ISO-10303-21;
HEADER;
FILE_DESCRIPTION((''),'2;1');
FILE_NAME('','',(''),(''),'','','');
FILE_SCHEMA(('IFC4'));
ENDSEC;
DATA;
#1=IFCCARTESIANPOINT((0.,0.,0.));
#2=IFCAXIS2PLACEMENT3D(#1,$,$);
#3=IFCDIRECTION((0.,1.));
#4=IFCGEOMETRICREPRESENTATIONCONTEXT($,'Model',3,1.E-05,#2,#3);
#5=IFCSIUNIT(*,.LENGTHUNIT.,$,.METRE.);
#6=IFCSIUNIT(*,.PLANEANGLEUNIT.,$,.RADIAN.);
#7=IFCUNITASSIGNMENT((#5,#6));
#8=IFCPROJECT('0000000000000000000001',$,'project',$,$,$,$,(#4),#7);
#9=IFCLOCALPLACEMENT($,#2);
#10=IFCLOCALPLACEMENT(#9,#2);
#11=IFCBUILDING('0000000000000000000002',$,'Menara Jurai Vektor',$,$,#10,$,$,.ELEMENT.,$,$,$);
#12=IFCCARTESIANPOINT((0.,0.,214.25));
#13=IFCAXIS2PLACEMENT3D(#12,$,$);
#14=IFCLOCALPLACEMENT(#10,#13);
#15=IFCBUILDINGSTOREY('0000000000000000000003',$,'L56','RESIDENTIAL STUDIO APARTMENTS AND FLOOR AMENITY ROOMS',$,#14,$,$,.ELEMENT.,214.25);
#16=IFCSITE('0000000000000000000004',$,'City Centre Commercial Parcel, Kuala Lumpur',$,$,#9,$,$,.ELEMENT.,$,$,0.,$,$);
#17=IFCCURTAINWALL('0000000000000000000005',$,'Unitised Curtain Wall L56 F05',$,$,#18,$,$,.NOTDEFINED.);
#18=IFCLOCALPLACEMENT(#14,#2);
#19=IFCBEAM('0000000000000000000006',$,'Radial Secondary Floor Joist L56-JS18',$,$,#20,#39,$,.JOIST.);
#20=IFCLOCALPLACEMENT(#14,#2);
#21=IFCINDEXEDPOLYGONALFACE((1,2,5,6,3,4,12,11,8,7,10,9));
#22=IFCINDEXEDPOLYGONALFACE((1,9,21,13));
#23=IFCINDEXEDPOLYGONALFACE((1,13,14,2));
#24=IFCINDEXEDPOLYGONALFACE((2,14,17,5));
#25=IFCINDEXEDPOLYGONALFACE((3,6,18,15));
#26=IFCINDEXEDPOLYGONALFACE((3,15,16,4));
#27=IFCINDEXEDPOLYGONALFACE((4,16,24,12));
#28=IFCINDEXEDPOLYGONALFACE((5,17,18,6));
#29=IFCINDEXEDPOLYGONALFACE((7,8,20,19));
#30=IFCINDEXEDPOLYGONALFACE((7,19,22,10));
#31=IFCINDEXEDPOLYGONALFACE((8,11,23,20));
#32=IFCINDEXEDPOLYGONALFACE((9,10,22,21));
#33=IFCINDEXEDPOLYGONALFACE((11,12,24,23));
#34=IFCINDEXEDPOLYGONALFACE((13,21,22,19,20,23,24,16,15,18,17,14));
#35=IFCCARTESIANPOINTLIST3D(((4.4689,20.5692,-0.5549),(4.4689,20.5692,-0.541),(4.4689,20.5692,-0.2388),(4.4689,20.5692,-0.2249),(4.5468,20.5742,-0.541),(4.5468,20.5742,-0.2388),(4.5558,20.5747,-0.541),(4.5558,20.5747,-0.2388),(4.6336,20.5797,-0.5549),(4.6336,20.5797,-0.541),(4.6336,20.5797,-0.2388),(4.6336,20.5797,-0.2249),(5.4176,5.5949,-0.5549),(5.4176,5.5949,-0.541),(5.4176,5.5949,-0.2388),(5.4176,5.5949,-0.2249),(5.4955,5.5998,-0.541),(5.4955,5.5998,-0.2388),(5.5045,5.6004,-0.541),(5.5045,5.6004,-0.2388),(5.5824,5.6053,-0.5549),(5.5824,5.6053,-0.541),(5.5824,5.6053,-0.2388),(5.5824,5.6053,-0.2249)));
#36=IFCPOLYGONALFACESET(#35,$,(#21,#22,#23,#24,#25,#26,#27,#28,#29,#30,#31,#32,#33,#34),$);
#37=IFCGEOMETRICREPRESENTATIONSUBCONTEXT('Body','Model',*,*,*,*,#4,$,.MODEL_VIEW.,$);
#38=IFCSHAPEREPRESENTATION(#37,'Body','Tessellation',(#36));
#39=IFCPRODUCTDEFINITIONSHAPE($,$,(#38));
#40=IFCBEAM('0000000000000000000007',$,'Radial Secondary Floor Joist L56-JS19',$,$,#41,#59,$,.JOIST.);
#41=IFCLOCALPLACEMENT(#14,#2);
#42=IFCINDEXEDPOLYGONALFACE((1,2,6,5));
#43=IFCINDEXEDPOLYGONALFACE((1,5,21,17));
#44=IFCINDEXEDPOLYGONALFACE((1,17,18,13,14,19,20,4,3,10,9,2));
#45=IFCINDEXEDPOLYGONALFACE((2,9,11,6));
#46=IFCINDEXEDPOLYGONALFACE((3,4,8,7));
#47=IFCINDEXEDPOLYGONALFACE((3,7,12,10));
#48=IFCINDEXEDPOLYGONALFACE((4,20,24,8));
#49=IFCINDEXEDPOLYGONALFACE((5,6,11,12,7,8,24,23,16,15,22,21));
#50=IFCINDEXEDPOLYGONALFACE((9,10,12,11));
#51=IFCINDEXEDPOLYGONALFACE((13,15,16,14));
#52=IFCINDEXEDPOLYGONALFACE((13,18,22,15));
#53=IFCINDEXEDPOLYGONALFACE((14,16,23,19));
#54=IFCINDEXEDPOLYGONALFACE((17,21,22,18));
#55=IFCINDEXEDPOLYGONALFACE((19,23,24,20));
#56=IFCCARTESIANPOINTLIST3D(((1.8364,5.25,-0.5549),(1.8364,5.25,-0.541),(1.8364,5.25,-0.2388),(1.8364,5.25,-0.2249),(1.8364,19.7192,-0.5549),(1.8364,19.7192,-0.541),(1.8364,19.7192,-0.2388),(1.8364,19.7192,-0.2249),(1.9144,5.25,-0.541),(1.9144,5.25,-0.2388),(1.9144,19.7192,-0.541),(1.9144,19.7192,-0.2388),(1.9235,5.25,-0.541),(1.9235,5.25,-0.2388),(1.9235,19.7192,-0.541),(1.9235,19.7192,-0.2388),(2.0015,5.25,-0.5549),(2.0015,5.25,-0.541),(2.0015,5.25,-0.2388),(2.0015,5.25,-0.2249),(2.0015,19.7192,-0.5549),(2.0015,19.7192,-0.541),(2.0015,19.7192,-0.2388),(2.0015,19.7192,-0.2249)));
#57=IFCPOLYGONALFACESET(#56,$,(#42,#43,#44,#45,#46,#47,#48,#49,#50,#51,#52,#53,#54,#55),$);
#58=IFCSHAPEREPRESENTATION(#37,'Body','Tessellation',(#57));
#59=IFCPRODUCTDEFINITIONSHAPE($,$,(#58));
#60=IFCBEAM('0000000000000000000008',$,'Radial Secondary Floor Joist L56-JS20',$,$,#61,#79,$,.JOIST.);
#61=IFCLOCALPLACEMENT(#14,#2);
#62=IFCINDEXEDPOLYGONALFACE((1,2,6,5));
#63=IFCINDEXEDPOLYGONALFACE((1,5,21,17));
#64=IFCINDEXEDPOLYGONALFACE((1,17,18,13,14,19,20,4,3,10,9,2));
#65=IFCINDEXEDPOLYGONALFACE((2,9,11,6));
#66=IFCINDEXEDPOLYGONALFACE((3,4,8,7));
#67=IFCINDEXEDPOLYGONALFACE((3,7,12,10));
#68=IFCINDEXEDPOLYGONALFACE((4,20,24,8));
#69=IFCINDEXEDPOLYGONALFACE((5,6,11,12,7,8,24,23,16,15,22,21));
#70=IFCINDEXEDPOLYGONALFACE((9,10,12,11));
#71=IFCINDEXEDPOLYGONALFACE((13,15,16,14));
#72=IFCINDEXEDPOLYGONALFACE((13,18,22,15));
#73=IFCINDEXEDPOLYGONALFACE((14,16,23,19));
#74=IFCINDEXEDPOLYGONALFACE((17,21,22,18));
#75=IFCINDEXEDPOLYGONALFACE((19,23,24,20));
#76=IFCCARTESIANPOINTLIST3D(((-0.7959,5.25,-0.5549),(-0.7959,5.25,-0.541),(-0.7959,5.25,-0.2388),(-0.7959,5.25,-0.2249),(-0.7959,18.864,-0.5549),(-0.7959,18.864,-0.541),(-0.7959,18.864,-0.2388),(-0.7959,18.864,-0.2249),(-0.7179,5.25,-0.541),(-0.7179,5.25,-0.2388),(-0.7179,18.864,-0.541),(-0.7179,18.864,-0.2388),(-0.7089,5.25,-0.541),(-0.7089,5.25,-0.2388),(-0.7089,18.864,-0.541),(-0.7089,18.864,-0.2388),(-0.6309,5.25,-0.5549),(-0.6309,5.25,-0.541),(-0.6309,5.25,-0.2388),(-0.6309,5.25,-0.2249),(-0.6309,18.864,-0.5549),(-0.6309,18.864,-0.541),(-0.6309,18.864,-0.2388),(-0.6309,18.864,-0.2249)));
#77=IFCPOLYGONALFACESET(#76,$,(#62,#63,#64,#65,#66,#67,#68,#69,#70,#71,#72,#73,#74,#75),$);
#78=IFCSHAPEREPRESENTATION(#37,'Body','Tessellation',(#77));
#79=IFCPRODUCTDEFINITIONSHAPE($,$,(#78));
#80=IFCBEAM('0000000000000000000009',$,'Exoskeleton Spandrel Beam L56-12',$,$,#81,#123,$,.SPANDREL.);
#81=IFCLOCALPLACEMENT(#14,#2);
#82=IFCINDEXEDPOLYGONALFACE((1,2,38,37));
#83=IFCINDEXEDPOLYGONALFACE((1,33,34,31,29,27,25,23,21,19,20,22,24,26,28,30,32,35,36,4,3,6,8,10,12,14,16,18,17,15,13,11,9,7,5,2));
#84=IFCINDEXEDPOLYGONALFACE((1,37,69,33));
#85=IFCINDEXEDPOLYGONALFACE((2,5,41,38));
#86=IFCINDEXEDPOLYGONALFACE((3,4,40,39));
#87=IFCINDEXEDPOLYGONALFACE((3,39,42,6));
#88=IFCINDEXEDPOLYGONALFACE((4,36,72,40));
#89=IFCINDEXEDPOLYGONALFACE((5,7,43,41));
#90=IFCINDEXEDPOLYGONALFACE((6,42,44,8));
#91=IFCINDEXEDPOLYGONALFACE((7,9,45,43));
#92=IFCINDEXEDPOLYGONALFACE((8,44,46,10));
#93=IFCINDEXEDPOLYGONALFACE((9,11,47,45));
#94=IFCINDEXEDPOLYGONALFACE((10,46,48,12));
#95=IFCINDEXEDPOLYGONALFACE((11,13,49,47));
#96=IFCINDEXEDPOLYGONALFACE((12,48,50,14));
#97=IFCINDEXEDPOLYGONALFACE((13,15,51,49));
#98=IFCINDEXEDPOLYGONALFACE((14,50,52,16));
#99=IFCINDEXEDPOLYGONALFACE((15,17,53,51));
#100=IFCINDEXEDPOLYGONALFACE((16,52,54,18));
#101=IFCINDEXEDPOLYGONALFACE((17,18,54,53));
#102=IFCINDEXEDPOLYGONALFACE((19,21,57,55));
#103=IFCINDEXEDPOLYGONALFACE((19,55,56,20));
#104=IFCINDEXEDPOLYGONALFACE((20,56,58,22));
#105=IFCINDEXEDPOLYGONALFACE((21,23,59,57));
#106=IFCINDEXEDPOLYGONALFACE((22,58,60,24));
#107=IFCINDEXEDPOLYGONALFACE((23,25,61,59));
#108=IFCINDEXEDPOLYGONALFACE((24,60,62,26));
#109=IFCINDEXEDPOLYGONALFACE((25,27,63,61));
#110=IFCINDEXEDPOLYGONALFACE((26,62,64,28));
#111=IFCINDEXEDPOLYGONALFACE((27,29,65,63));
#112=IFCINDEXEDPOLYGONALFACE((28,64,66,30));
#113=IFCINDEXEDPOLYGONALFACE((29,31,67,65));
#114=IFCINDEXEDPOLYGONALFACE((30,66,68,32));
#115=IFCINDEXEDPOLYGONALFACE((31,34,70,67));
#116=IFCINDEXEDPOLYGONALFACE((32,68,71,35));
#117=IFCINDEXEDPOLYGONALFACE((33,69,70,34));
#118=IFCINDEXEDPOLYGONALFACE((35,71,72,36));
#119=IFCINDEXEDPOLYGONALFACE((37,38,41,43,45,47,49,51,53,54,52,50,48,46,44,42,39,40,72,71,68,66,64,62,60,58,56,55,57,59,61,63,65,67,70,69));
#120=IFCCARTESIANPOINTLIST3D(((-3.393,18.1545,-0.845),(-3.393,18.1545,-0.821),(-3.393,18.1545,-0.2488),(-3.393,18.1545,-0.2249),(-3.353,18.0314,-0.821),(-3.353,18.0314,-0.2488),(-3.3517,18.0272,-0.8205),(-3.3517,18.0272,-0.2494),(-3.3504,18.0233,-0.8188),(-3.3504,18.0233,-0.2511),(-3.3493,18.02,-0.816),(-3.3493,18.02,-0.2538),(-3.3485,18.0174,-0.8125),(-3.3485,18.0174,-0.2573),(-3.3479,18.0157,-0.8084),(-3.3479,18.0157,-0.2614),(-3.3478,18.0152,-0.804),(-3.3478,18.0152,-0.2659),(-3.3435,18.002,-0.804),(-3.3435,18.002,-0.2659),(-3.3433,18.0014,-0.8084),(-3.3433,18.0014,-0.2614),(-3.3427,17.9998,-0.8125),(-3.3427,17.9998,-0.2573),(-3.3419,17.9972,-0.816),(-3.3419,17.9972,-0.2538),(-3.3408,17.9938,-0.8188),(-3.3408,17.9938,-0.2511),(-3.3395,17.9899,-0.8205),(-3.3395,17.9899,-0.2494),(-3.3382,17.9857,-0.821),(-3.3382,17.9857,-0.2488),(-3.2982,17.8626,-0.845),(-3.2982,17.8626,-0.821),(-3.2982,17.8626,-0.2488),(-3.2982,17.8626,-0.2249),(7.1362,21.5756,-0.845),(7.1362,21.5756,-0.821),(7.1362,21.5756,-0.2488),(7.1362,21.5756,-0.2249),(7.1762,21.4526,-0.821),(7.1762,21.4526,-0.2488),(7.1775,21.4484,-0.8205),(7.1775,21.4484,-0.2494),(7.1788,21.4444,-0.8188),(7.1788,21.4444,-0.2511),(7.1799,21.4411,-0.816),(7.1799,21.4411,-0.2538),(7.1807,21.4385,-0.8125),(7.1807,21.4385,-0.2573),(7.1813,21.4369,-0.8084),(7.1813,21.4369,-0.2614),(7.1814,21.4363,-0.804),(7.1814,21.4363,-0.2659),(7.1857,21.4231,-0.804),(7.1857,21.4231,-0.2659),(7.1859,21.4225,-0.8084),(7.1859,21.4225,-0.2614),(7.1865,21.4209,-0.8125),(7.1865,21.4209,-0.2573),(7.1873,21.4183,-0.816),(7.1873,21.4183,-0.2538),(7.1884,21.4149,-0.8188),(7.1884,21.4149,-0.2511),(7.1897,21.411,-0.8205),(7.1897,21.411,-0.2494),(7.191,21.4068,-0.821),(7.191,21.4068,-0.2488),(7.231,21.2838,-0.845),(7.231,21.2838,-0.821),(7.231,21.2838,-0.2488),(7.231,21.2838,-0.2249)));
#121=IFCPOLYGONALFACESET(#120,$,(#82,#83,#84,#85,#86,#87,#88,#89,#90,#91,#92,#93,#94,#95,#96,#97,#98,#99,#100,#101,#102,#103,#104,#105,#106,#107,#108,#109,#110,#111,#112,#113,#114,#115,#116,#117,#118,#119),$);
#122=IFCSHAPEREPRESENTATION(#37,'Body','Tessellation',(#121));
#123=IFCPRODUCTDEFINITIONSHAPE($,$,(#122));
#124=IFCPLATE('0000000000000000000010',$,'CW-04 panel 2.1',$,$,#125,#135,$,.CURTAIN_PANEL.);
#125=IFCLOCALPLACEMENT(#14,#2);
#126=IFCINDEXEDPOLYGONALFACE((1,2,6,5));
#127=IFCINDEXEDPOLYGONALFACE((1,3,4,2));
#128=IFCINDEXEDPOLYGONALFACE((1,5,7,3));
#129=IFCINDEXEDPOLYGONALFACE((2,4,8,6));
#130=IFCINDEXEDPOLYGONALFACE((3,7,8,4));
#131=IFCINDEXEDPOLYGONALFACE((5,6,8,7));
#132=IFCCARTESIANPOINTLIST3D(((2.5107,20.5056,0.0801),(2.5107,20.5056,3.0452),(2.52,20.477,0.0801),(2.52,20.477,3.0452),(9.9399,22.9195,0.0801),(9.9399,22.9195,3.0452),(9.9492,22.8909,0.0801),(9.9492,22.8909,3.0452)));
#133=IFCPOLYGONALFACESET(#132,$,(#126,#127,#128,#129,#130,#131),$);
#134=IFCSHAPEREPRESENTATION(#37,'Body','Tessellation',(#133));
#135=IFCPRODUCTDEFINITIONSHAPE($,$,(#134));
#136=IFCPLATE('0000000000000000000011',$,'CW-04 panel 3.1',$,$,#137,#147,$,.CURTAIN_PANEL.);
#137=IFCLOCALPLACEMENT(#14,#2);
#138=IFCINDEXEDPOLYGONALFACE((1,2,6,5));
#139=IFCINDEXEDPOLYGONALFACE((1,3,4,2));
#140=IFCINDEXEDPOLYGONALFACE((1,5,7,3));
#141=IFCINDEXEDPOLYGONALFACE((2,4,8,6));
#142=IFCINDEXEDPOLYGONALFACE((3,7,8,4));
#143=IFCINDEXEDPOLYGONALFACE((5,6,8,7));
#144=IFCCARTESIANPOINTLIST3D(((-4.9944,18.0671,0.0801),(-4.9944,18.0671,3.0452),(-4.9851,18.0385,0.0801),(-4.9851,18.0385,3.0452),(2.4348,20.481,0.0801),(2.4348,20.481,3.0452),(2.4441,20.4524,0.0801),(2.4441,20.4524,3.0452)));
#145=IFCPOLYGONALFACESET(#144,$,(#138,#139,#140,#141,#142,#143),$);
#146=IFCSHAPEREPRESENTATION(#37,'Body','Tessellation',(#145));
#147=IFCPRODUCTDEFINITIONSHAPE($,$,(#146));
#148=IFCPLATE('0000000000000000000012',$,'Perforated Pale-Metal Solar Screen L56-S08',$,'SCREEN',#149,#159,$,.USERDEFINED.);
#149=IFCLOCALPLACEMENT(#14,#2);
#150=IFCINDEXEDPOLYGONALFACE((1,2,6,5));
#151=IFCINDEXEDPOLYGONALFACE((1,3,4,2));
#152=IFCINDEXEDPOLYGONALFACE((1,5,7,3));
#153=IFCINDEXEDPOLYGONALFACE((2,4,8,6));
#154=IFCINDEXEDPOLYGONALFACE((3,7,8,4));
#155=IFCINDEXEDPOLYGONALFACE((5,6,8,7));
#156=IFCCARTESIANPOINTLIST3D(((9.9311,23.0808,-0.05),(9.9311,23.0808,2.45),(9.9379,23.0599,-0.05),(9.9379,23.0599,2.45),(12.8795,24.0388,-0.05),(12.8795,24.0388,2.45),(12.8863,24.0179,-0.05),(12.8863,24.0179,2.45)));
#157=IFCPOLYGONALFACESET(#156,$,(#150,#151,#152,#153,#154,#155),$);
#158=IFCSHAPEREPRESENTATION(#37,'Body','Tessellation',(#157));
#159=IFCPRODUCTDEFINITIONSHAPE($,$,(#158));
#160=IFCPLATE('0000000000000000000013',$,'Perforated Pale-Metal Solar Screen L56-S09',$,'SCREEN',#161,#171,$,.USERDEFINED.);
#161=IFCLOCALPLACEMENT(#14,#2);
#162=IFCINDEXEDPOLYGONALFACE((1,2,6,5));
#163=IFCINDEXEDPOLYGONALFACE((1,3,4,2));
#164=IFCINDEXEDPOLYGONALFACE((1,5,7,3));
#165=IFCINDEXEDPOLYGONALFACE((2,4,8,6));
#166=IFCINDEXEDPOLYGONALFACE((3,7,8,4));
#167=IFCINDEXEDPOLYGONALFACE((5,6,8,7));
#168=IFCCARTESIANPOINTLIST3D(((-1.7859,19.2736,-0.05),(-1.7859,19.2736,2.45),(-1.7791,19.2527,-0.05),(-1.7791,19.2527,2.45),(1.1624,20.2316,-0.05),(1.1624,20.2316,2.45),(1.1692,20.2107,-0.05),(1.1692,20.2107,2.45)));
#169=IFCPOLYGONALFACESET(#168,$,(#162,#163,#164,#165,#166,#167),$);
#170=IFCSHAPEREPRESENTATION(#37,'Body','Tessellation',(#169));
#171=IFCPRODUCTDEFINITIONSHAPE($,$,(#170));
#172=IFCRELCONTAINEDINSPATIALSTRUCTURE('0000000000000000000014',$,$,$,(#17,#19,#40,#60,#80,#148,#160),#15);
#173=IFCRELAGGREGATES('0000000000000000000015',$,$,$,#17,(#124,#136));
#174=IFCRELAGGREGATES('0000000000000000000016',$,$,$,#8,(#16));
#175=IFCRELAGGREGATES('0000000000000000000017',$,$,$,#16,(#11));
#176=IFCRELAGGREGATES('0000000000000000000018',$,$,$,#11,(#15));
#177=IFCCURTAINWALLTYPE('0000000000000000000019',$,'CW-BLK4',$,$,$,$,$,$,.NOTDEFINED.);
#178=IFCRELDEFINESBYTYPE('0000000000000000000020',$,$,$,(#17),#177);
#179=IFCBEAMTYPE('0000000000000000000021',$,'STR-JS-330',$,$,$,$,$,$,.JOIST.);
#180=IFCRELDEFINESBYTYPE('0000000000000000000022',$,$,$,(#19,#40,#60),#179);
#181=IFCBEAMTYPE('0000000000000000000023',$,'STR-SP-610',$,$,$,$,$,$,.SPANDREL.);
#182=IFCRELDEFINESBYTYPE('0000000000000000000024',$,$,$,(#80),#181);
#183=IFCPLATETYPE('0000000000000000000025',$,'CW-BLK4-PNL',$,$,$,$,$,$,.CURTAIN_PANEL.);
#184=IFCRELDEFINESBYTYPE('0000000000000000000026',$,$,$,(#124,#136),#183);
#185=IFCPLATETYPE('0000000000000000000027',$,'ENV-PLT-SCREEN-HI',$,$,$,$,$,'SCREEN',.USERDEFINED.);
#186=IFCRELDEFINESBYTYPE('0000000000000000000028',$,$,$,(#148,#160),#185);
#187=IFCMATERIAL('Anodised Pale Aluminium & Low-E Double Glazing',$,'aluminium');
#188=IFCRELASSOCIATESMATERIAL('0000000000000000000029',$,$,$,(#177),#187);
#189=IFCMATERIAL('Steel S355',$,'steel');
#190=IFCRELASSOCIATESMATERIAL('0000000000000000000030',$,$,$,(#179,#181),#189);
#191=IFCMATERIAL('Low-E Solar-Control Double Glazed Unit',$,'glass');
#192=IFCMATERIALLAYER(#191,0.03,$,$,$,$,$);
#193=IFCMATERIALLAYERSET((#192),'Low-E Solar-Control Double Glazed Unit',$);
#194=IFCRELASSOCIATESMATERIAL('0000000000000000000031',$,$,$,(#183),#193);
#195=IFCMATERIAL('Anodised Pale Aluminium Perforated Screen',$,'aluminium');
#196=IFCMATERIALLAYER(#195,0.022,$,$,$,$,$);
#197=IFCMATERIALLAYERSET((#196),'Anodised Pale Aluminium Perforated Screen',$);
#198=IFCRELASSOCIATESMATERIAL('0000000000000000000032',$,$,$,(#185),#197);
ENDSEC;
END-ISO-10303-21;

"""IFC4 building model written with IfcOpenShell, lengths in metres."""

from ifc_helpers import new_model, si_unit, direction, frame, origin, origin_2d, place, context, subcontext, project, spatial, rectangle, i_section, extrude, material, layer, layer_set, material_profile, profile_set, type_object, element, aggregate, save


model = new_model("IFC4")

# Units and contexts
model_context = context("Model", 3, precision=1e-05, world=origin(), true_north=direction((0.0, 1.0)))
body_context = subcontext(model_context, "Body", "Model", "MODEL_VIEW")
ifc_project = project(units=[si_unit("LENGTHUNIT", "METRE"), si_unit("PLANEANGLEUNIT", "RADIAN")], contexts=[model_context])

# Site, building, storey
site_placement = place(None, origin())
site = spatial("IfcSite", under=ifc_project, at=site_placement, Name="City Centre Commercial Parcel, Kuala Lumpur", CompositionType="ELEMENT", RefElevation=0.0)
building_placement = place(site_placement, origin())
building = spatial("IfcBuilding", under=site, at=building_placement, Name="Menara Jurai Vektor", CompositionType="ELEMENT")
storey_placement = place(building_placement, frame((0.0, 0.0, 214.25)))
storey = spatial("IfcBuildingStorey", under=building, at=storey_placement, Name="L56", Description="RESIDENTIAL STUDIO APARTMENTS AND FLOOR AMENITY ROOMS", CompositionType="ELEMENT", Elevation=214.25)

# Curtain wall
ifc_material_1 = material(Name="Anodised Pale Aluminium & Low-E Double Glazing", Category="aluminium")
curtain_wall_type = type_object("IfcCurtainWallType", Name="CW-BLK4", PredefinedType="NOTDEFINED", material=ifc_material_1)
curtain_wall_placement = place(storey_placement, origin())
curtain_wall = element("IfcCurtainWall", 1, at=curtain_wall_placement, inside=storey, type_object=curtain_wall_type, Name="Unitised Curtain Wall L56 F05", PredefinedType="NOTDEFINED")

# Beams
ifc_material_2 = material(Name="Steel S355", Category="steel")
ifc_material_profile_1 = material_profile(ifc_material_2, i_section(OverallWidth=0.165, OverallDepth=0.3301, WebThickness=0.009, FlangeThickness=0.0139, at=origin_2d()), Name="PG 330x165x46")
ifc_profile_set_1 = profile_set([ifc_material_profile_1], Name="Steel S355")
beam_type_1 = type_object("IfcBeamType", Name="STR-JS-330", PredefinedType="JOIST", material=ifc_profile_set_1)
beam_1_placement = place(storey_placement, frame((4.5513, 20.5745, -0.3899), z_axis=(0.06323, -0.997999, 0.0), x_axis=(0.997999, 0.06323, 0.0)))
element("IfcBeam", 2, at=beam_1_placement, inside=storey, type_object=beam_type_1, Name="Radial Secondary Floor Joist L56-JS18", PredefinedType="JOIST", context=body_context, shape_type="SweptSolid", body=[
    extrude(i_section(OverallWidth=0.165, OverallDepth=0.3301, WebThickness=0.009, FlangeThickness=0.0139, at=origin_2d()), origin(), (0.0, 0.0, 1.0), 15.0044),
])
beam_2_placement = place(storey_placement, frame((1.9189, 19.7192, -0.3899), z_axis=(0.0, -1.0, 0.0), x_axis=(1.0, 0.0, 0.0)))
element("IfcBeam", 3, at=beam_2_placement, inside=storey, type_object=beam_type_1, Name="Radial Secondary Floor Joist L56-JS19", PredefinedType="JOIST", context=body_context, shape_type="SweptSolid", body=[
    extrude(i_section(OverallWidth=0.165, OverallDepth=0.3301, WebThickness=0.009, FlangeThickness=0.0139, at=origin_2d()), origin(), (0.0, 0.0, 1.0), 14.4692),
])
beam_3_placement = place(storey_placement, frame((-0.7134, 18.864, -0.3899), z_axis=(0.0, -1.0, 0.0), x_axis=(1.0, 0.0, 0.0)))
element("IfcBeam", 4, at=beam_3_placement, inside=storey, type_object=beam_type_1, Name="Radial Secondary Floor Joist L56-JS20", PredefinedType="JOIST", context=body_context, shape_type="SweptSolid", body=[
    extrude(i_section(OverallWidth=0.165, OverallDepth=0.3301, WebThickness=0.009, FlangeThickness=0.0139, at=origin_2d()), origin(), (0.0, 0.0, 1.0), 13.614),
])
ifc_material_profile_2 = material_profile(ifc_material_2, i_section(OverallWidth=0.3069, OverallDepth=0.6201, WebThickness=0.0139, FlangeThickness=0.0239, FilletRadius=0.0171, at=origin_2d()), Name="UKB 610x305x179")
ifc_profile_set_2 = profile_set([ifc_material_profile_2], Name="Steel S355")
beam_type_2 = type_object("IfcBeamType", Name="STR-SP-610", PredefinedType="SPANDREL", material=ifc_profile_set_2)
beam_4_placement = place(storey_placement, frame((7.1836, 21.4297, -0.5349), z_axis=(-0.951057, -0.309014, 0.0), x_axis=(0.309014, -0.951057, 0.0)))
element("IfcBeam", 5, at=beam_4_placement, inside=storey, type_object=beam_type_2, Name="Exoskeleton Spandrel Beam L56-12", PredefinedType="SPANDREL", context=body_context, shape_type="SweptSolid", body=[
    extrude(i_section(OverallWidth=0.3069, OverallDepth=0.6201, WebThickness=0.0139, FlangeThickness=0.0239, FilletRadius=0.0171, at=origin_2d()), origin(), (0.0, 0.0, 1.0), 11.071),
])

# Plates
ifc_material_3 = material(Name="Low-E Solar-Control Double Glazed Unit", Category="glass")
ifc_layer_1 = layer(ifc_material_3, 0.03)
ifc_layer_set_1 = layer_set([ifc_layer_1], Name="Low-E Solar-Control Double Glazed Unit")
plate_type_1 = type_object("IfcPlateType", Name="CW-BLK4-PNL", PredefinedType="CURTAIN_PANEL", material=ifc_layer_set_1)
plate_1_placement = place(storey_placement, frame((6.23, 21.6982, 0.0801), z_axis=(0.0, 0.0, 1.0), x_axis=(-0.951056, -0.309017, 0.0)))
plate_1 = element("IfcPlate", 6, at=plate_1_placement, type_object=plate_type_1, Name="CW-04 panel 2.1", PredefinedType="CURTAIN_PANEL", context=body_context, shape_type="SweptSolid", body=[
    extrude(rectangle(XDim=7.8115, YDim=0.03, at=origin_2d()), origin(), (0.0, 0.0, 1.0), 2.9651),
])
plate_2_placement = place(storey_placement, frame((-1.2751, 19.2598, 0.0801), z_axis=(0.0, 0.0, 1.0), x_axis=(-0.951056, -0.309017, 0.0)))
plate_2 = element("IfcPlate", 7, at=plate_2_placement, type_object=plate_type_1, Name="CW-04 panel 3.1", PredefinedType="CURTAIN_PANEL", context=body_context, shape_type="SweptSolid", body=[
    extrude(rectangle(XDim=7.8115, YDim=0.03, at=origin_2d()), origin(), (0.0, 0.0, 1.0), 2.9651),
])
aggregate(curtain_wall, [plate_1, plate_2])

# Plates
ifc_material_4 = material(Name="Anodised Pale Aluminium Perforated Screen", Category="aluminium")
ifc_layer_2 = layer(ifc_material_4, 0.022)
ifc_layer_set_2 = layer_set([ifc_layer_2], Name="Anodised Pale Aluminium Perforated Screen")
plate_type_2 = type_object("IfcPlateType", Name="ENV-PLT-SCREEN-HI", ElementType="SCREEN", PredefinedType="USERDEFINED", material=ifc_layer_set_2)
for number, where, z_axis, x_axis, name in (
    (8, (11.4087, 23.5493, -0.05), (0.0, 0.0, 1.0), (-0.951057, -0.309017, 0.0), "Perforated Pale-Metal Solar Screen L56-S08"),
    (9, (-0.3083, 19.7422, -0.05), (0.0, 0.0, 1.0), (-0.951057, -0.309017, 0.0), "Perforated Pale-Metal Solar Screen L56-S09"),
):
    element("IfcPlate", number, at=place(storey_placement, frame(where, z_axis=z_axis, x_axis=x_axis)), inside=storey, type_object=plate_type_2, Name=name, ObjectType="SCREEN", PredefinedType="USERDEFINED", context=body_context, shape_type="SweptSolid", body=[
        extrude(rectangle(XDim=3.1001, YDim=0.022, at=origin_2d()), origin(), (0.0, 0.0, 1.0), 2.5),
    ])

save(model, "model.ifc")
